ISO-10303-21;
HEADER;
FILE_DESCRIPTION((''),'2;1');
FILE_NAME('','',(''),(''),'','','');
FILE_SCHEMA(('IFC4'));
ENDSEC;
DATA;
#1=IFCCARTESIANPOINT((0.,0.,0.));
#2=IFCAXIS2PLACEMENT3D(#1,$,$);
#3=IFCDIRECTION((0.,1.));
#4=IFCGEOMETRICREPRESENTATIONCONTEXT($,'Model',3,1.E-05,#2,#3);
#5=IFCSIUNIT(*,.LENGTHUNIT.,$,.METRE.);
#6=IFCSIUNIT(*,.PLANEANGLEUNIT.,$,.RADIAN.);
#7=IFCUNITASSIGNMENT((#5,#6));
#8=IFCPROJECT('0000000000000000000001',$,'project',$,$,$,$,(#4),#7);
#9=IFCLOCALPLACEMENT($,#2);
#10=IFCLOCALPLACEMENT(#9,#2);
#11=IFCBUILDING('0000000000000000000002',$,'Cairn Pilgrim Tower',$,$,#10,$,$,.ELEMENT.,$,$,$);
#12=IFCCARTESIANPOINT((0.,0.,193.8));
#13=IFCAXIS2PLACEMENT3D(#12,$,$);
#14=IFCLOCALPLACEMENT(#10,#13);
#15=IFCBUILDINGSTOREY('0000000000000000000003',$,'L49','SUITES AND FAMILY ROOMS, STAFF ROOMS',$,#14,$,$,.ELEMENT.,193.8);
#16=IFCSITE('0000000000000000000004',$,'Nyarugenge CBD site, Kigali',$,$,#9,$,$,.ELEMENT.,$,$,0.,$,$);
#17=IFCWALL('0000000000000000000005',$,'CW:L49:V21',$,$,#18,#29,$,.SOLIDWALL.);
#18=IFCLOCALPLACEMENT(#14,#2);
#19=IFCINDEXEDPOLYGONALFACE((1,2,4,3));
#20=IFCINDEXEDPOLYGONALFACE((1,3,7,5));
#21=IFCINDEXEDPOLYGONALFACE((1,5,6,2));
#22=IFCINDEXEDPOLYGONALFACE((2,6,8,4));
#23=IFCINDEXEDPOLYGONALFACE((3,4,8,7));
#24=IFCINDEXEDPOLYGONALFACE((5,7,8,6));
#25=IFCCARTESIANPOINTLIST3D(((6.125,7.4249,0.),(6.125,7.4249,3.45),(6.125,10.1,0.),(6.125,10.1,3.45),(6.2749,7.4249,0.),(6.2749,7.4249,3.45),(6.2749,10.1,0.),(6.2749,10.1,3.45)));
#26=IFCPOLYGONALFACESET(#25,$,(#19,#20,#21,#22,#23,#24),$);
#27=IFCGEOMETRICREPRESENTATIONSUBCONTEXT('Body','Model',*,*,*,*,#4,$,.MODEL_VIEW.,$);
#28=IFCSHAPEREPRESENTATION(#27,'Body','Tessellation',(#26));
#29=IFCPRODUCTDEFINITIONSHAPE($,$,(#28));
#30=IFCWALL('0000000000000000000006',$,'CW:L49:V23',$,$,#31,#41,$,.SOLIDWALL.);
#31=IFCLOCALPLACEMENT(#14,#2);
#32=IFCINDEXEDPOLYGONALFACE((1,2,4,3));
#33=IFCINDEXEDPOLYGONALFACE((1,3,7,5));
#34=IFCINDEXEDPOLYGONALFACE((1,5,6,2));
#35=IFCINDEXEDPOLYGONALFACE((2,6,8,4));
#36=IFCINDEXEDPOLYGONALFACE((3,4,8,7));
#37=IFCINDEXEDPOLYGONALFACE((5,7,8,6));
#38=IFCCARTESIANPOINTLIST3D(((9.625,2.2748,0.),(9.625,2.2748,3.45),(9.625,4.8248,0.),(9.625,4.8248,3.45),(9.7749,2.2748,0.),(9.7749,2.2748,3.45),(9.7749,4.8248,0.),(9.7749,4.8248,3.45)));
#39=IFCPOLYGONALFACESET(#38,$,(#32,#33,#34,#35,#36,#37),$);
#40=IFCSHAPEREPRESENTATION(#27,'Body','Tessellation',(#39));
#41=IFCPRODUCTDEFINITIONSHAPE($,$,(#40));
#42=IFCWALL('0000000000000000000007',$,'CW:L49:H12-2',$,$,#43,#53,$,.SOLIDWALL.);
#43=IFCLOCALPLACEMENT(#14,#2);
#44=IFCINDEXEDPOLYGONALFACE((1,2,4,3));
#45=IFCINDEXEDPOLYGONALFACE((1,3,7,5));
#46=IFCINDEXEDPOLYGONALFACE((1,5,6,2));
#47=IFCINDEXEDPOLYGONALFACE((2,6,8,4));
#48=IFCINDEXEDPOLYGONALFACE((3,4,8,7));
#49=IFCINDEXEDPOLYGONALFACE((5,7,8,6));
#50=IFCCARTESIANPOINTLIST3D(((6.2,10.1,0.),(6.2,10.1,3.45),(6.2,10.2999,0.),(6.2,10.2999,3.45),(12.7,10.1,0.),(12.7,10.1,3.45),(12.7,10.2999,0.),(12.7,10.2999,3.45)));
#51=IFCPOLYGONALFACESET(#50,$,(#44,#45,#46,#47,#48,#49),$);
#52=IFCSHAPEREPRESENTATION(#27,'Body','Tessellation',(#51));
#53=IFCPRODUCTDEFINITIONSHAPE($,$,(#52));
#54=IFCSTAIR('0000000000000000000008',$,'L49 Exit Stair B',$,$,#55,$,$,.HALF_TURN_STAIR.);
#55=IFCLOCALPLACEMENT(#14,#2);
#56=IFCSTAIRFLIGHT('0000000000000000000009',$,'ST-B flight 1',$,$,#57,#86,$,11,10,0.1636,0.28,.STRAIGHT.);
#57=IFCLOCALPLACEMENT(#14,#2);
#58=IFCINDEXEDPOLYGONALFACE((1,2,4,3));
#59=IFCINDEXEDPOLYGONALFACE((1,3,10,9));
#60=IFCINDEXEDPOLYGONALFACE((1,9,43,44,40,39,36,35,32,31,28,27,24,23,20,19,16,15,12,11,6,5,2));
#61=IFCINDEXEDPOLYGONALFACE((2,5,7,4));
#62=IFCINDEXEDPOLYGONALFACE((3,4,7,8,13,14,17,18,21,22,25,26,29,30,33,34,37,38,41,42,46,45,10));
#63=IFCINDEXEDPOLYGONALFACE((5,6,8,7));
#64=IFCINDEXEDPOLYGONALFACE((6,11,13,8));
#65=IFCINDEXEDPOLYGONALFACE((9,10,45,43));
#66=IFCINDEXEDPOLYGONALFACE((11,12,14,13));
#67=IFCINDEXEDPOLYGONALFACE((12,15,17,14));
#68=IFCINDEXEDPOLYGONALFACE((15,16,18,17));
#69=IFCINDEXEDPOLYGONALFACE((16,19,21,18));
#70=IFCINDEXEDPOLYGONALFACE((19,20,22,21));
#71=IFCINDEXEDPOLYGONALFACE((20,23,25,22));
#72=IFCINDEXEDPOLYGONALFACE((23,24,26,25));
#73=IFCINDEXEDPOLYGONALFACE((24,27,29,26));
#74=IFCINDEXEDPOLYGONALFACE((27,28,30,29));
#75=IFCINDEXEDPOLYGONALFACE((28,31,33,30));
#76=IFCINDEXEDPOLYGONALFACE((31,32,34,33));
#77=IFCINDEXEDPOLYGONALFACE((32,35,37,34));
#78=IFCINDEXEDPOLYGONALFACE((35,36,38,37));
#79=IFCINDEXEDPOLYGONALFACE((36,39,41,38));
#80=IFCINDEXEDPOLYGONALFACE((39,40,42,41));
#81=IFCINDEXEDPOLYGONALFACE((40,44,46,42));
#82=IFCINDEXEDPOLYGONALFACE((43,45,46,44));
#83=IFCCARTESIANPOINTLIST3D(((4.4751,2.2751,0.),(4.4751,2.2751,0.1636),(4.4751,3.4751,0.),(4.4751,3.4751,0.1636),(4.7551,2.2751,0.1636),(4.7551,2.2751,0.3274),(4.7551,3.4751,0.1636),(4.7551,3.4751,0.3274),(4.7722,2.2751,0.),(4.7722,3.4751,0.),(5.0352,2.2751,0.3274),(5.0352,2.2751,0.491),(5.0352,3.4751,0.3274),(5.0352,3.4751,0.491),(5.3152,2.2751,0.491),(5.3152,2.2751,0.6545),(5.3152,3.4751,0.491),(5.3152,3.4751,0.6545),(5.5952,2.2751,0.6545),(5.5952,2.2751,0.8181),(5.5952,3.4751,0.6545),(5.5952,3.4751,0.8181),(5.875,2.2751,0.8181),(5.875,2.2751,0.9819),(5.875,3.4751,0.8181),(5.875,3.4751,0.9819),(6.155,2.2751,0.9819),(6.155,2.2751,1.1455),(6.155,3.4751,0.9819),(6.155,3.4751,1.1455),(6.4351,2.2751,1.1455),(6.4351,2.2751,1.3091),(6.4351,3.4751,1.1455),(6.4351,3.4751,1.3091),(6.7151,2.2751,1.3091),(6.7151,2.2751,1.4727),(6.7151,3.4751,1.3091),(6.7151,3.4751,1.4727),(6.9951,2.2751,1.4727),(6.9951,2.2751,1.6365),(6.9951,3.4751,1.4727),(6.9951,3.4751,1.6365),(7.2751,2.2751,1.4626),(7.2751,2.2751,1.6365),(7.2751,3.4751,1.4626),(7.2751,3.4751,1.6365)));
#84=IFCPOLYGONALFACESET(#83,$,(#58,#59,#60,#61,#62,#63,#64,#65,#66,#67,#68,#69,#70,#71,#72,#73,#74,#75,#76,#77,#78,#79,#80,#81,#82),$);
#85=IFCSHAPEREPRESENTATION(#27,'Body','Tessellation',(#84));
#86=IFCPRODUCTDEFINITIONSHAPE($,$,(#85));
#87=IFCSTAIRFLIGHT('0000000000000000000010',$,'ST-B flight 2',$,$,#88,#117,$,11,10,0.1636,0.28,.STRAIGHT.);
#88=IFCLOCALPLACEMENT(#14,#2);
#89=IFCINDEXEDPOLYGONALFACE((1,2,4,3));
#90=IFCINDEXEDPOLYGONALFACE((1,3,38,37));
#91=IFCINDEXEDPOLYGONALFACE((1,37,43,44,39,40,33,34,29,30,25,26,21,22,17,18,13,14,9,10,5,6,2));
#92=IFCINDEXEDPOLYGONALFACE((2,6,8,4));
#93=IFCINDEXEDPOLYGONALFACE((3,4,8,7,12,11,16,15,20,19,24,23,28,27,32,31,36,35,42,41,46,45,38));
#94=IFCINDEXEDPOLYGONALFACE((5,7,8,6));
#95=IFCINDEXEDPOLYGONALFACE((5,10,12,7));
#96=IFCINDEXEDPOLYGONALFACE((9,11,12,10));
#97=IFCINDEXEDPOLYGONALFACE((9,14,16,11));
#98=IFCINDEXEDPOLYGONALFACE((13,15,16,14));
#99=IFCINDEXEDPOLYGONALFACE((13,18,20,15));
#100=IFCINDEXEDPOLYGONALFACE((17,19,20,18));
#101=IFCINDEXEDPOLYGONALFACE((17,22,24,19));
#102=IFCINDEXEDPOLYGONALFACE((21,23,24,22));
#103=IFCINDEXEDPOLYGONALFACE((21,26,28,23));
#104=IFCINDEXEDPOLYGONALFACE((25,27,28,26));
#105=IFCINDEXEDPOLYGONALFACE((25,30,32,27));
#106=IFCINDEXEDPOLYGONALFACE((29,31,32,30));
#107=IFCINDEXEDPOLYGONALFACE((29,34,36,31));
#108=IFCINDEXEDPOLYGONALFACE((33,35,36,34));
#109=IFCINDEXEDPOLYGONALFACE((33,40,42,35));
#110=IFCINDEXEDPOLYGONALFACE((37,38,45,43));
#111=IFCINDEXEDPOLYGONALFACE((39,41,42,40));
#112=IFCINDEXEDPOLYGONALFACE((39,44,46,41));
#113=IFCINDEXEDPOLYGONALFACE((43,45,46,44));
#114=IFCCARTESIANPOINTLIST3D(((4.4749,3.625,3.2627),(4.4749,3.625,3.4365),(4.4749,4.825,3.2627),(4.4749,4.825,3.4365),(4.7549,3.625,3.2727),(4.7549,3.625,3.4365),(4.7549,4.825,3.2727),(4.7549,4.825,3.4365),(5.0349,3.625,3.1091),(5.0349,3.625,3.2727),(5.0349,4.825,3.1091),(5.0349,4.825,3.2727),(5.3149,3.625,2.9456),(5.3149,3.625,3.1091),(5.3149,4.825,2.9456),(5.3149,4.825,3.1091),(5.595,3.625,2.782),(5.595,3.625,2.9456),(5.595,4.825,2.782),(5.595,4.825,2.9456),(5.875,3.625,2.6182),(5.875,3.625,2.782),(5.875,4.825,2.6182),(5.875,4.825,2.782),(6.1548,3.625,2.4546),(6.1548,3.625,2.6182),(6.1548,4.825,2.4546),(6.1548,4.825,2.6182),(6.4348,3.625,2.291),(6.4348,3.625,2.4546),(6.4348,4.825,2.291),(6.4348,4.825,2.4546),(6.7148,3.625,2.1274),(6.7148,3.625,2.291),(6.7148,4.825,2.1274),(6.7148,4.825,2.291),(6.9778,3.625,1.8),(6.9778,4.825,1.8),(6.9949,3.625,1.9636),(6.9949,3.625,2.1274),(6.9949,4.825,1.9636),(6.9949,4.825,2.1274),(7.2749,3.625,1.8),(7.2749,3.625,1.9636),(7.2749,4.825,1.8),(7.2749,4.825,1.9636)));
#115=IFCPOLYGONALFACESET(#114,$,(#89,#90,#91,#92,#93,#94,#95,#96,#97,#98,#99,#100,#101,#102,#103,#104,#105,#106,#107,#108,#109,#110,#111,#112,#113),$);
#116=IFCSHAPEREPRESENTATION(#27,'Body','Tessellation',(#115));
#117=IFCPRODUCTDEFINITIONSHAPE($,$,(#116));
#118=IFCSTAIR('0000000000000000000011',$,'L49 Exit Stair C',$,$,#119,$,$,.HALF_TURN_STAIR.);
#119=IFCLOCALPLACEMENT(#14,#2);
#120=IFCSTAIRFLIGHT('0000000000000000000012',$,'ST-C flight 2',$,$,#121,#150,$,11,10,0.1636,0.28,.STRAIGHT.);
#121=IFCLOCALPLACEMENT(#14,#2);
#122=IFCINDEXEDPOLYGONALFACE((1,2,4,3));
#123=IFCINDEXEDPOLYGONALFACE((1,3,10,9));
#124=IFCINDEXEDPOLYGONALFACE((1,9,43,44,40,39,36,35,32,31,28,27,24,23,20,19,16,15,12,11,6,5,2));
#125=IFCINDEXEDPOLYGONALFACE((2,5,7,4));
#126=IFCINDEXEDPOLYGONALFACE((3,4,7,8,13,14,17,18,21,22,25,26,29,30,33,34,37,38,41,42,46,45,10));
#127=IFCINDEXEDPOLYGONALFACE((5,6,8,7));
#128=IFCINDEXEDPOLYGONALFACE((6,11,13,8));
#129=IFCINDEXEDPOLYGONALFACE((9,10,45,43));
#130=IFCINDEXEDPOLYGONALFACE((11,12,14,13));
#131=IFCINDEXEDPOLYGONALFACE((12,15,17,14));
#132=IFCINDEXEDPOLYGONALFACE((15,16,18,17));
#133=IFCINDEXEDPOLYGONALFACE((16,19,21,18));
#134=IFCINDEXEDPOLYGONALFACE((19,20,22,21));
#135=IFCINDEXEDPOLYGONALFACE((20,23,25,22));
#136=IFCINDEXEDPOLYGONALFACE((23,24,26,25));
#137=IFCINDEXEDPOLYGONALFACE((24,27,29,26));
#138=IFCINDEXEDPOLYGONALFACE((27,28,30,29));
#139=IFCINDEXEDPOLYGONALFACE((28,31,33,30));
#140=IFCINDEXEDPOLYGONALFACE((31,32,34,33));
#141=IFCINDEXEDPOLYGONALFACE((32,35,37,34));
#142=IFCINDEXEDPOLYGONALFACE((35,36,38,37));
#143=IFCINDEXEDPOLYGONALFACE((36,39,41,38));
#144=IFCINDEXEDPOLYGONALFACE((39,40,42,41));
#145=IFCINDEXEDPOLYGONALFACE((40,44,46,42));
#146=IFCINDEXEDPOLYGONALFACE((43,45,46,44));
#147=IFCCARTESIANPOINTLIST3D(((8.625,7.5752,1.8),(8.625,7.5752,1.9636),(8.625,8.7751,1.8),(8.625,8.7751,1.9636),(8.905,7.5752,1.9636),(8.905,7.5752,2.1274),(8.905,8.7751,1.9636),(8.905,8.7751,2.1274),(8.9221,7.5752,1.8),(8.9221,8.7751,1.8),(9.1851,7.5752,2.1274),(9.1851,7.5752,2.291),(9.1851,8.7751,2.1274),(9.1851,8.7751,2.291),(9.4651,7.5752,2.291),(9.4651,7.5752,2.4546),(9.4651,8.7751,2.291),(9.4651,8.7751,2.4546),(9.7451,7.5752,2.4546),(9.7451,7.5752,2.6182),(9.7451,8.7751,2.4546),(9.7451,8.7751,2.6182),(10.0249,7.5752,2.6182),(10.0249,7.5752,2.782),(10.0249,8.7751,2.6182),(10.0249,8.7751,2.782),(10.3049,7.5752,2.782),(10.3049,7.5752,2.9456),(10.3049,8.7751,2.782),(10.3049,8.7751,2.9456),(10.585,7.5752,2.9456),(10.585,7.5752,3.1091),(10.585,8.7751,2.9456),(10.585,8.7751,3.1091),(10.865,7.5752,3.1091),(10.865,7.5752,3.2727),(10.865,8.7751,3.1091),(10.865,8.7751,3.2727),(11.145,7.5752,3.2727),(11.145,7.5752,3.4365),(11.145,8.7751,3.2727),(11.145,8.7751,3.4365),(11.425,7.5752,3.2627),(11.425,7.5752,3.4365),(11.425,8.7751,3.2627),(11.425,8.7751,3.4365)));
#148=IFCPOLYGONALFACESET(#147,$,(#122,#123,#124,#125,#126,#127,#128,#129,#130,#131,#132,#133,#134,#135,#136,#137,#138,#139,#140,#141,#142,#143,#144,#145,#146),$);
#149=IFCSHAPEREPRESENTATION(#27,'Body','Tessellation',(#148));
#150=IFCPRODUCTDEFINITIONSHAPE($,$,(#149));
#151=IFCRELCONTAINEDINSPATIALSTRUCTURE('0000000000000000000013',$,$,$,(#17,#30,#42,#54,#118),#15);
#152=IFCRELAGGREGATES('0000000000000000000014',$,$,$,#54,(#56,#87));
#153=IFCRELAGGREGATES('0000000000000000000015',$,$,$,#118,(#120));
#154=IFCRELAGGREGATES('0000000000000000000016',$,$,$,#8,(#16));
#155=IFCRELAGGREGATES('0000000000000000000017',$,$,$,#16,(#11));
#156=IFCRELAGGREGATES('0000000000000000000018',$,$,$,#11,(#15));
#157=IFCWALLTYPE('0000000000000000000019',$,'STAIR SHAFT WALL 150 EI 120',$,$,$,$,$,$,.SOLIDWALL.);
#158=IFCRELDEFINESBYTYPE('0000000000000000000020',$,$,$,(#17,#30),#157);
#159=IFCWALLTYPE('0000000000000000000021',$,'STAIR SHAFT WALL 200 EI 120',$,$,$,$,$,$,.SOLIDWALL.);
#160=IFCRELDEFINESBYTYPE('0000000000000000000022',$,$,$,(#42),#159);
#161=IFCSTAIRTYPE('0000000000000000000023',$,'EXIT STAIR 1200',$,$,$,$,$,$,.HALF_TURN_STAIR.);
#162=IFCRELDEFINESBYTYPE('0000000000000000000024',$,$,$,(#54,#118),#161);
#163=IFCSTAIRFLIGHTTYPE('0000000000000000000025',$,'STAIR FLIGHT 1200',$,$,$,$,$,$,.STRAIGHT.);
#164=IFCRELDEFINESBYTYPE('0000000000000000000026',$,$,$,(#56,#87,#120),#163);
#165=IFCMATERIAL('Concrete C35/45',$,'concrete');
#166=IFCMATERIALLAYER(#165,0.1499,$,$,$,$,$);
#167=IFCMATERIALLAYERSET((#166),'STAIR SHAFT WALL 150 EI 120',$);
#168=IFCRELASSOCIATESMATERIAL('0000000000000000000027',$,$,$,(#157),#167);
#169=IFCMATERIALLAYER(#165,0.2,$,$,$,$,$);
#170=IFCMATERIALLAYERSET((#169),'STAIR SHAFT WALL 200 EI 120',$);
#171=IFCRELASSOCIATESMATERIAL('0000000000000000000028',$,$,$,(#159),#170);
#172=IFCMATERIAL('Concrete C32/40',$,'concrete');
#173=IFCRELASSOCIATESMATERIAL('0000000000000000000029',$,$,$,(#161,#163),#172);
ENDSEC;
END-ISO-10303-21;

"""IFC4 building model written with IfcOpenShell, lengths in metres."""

from ifc_helpers import new_model, si_unit, direction, frame, frame_2d, origin, place, context, subcontext, project, spatial, polyline, rectangle, outline, extrude, material, layer, layer_set, type_object, element, aggregate, save


model = new_model("IFC4")

# Units and contexts
model_context = context("Model", 3, precision=1e-05, world=origin(), true_north=direction((0.0, 1.0)))
body_context = subcontext(model_context, "Body", "Model", "MODEL_VIEW")
ifc_project = project(units=[si_unit("LENGTHUNIT", "METRE"), si_unit("PLANEANGLEUNIT", "RADIAN")], contexts=[model_context])

# Site, building, storey
site_placement = place(None, origin())
site = spatial("IfcSite", under=ifc_project, at=site_placement, Name="Nyarugenge CBD site, Kigali", CompositionType="ELEMENT", RefElevation=0.0)
building_placement = place(site_placement, origin())
building = spatial("IfcBuilding", under=site, at=building_placement, Name="Cairn Pilgrim Tower", CompositionType="ELEMENT")
storey_placement = place(building_placement, frame((0.0, 0.0, 193.8)))
storey = spatial("IfcBuildingStorey", under=building, at=storey_placement, Name="L49", Description="SUITES AND FAMILY ROOMS, STAFF ROOMS", CompositionType="ELEMENT", Elevation=193.8)

# Shared definitions
ifc_material_1 = material(Name="Concrete C32/40", Category="concrete")

# Shared definitions
ifc_material_2 = material(Name="Concrete C35/45", Category="concrete")
ifc_layer_1 = layer(ifc_material_2, 0.1499)
ifc_layer_set_1 = layer_set([ifc_layer_1], Name="STAIR SHAFT WALL 150 EI 120")
wall_type_1 = type_object("IfcWallType", Name="STAIR SHAFT WALL 150 EI 120", PredefinedType="SOLIDWALL", material=ifc_layer_set_1)

# Walls
wall_1_placement = place(storey_placement, frame((6.2, 7.425, 0.0), z_axis=(0.0, 0.0, 1.0), x_axis=(0.0, 1.0, 0.0)))
element("IfcWall", 1, at=wall_1_placement, inside=storey, type_object=wall_type_1, Name="CW:L49:V21", PredefinedType="SOLIDWALL", context=body_context, shape_type="SweptSolid", body=[
    extrude(rectangle(XDim=2.675, YDim=0.1499, at=frame_2d((1.3374, 0.0))), origin(), (0.0, 0.0, 1.0), 3.45),
])
wall_2_placement = place(storey_placement, frame((9.7, 2.2749, 0.0), z_axis=(0.0, 0.0, 1.0), x_axis=(0.0, 1.0, 0.0)))
element("IfcWall", 2, at=wall_2_placement, inside=storey, type_object=wall_type_1, Name="CW:L49:V23", PredefinedType="SOLIDWALL", context=body_context, shape_type="SweptSolid", body=[
    extrude(rectangle(XDim=2.55, YDim=0.1499, at=frame_2d((1.2749, 0.0))), origin(), (0.0, 0.0, 1.0), 3.45),
])
ifc_layer_2 = layer(ifc_material_2, 0.2)
ifc_layer_set_2 = layer_set([ifc_layer_2], Name="STAIR SHAFT WALL 200 EI 120")
wall_type_2 = type_object("IfcWallType", Name="STAIR SHAFT WALL 200 EI 120", PredefinedType="SOLIDWALL", material=ifc_layer_set_2)
wall_3_placement = place(storey_placement, frame((6.2, 10.2, 0.0), z_axis=(0.0, 0.0, 1.0), x_axis=(1.0, 0.0, 0.0)))
element("IfcWall", 3, at=wall_3_placement, inside=storey, type_object=wall_type_2, Name="CW:L49:H12-2", PredefinedType="SOLIDWALL", context=body_context, shape_type="SweptSolid", body=[
    extrude(rectangle(XDim=6.5, YDim=0.2, at=frame_2d((3.25, 0.0))), origin(), (0.0, 0.0, 1.0), 3.45),
])

# Stair, stair flights
stair_type = type_object("IfcStairType", Name="EXIT STAIR 1200", PredefinedType="HALF_TURN_STAIR", material=ifc_material_1)
stair_1_placement = place(storey_placement, origin())
stair_1 = element("IfcStair", 4, at=stair_1_placement, inside=storey, type_object=stair_type, Name="L49 Exit Stair B", PredefinedType="HALF_TURN_STAIR")
stair_flight_type = type_object("IfcStairFlightType", Name="STAIR FLIGHT 1200", PredefinedType="STRAIGHT", material=ifc_material_1)
stair_flight_1_placement = place(storey_placement, frame((4.4751, 2.875, 0.0), z_axis=(0.0, 0.0, 1.0), x_axis=(1.0, 0.0, 0.0)))
stair_flight_1 = element("IfcStairFlight", 5, at=stair_flight_1_placement, type_object=stair_flight_type, Name="ST-B flight 1", NumberOfRisers=11, NumberOfTreads=10, PredefinedType="STRAIGHT", RiserHeight=0.1636, TreadLength=0.28, context=body_context, shape_type="SweptSolid", body=[
    extrude(outline(polyline([(0.0, 0.0), (0.0, 0.1636), (0.28, 0.1636), (0.28, 0.3274), (0.5601, 0.3274), (0.5601, 0.491), (0.8401, 0.491), (0.8401, 0.6545), (1.1201, 0.6545), (1.1201, 0.8181), (1.3999, 0.8181), (1.3999, 0.9819), (1.6799, 0.9819), (1.6799, 1.1455), (1.96, 1.1455), (1.96, 1.3091), (2.24, 1.3091), (2.24, 1.4727), (2.52, 1.4727), (2.52, 1.6365), (2.8, 1.6365), (2.8, 1.8), (2.8, 1.4626), (0.2971, 0.0), (0.0, 0.0)])), frame((0.0, 0.6001, 0.0), z_axis=(0.0, -1.0, 0.0), x_axis=(1.0, 0.0, 0.0)), (0.0, 0.0, 1.0), 1.2),
])
stair_flight_2_placement = place(storey_placement, frame((7.2749, 4.2251, 1.8), z_axis=(0.0, 0.0, 1.0), x_axis=(-1.0, 0.0, 0.0)))
stair_flight_2 = element("IfcStairFlight", 6, at=stair_flight_2_placement, type_object=stair_flight_type, Name="ST-B flight 2", NumberOfRisers=11, NumberOfTreads=10, PredefinedType="STRAIGHT", RiserHeight=0.1636, TreadLength=0.28, context=body_context, shape_type="SweptSolid", body=[
    extrude(outline(polyline([(0.0, 0.0), (0.0, 0.1636), (0.28, 0.1636), (0.28, 0.3274), (0.5601, 0.3274), (0.5601, 0.491), (0.8401, 0.491), (0.8401, 0.6545), (1.1201, 0.6545), (1.1201, 0.8181), (1.3999, 0.8181), (1.3999, 0.9819), (1.6799, 0.9819), (1.6799, 1.1455), (1.96, 1.1455), (1.96, 1.3091), (2.24, 1.3091), (2.24, 1.4727), (2.52, 1.4727), (2.52, 1.6365), (2.8, 1.6365), (2.8, 1.8), (2.8, 1.4626), (0.2971, 0.0), (0.0, 0.0)])), frame((0.0, 0.6001, 0.0), z_axis=(0.0, -1.0, 0.0), x_axis=(1.0, 0.0, 0.0)), (0.0, 0.0, 1.0), 1.2),
])
aggregate(stair_1, [stair_flight_1, stair_flight_2])

# Stair, stair flight
stair_2_placement = place(storey_placement, origin())
stair_2 = element("IfcStair", 7, at=stair_2_placement, inside=storey, type_object=stair_type, Name="L49 Exit Stair C", PredefinedType="HALF_TURN_STAIR")
stair_flight_3_placement = place(storey_placement, frame((8.625, 8.175, 1.8), z_axis=(0.0, 0.0, 1.0), x_axis=(1.0, 0.0, 0.0)))
stair_flight_3 = element("IfcStairFlight", 8, at=stair_flight_3_placement, type_object=stair_flight_type, Name="ST-C flight 2", NumberOfRisers=11, NumberOfTreads=10, PredefinedType="STRAIGHT", RiserHeight=0.1636, TreadLength=0.28, context=body_context, shape_type="SweptSolid", body=[
    extrude(outline(polyline([(0.0, 0.0), (0.0, 0.1636), (0.28, 0.1636), (0.28, 0.3274), (0.5601, 0.3274), (0.5601, 0.491), (0.8401, 0.491), (0.8401, 0.6545), (1.1201, 0.6545), (1.1201, 0.8181), (1.3999, 0.8181), (1.3999, 0.9819), (1.6799, 0.9819), (1.6799, 1.1455), (1.96, 1.1455), (1.96, 1.3091), (2.24, 1.3091), (2.24, 1.4727), (2.52, 1.4727), (2.52, 1.6365), (2.8, 1.6365), (2.8, 1.8), (2.8, 1.4626), (0.2971, 0.0), (0.0, 0.0)])), frame((0.0, 0.6001, 0.0), z_axis=(0.0, -1.0, 0.0), x_axis=(1.0, 0.0, 0.0)), (0.0, 0.0, 1.0), 1.2),
])
aggregate(stair_2, [stair_flight_3])

save(model, "model.ifc")
